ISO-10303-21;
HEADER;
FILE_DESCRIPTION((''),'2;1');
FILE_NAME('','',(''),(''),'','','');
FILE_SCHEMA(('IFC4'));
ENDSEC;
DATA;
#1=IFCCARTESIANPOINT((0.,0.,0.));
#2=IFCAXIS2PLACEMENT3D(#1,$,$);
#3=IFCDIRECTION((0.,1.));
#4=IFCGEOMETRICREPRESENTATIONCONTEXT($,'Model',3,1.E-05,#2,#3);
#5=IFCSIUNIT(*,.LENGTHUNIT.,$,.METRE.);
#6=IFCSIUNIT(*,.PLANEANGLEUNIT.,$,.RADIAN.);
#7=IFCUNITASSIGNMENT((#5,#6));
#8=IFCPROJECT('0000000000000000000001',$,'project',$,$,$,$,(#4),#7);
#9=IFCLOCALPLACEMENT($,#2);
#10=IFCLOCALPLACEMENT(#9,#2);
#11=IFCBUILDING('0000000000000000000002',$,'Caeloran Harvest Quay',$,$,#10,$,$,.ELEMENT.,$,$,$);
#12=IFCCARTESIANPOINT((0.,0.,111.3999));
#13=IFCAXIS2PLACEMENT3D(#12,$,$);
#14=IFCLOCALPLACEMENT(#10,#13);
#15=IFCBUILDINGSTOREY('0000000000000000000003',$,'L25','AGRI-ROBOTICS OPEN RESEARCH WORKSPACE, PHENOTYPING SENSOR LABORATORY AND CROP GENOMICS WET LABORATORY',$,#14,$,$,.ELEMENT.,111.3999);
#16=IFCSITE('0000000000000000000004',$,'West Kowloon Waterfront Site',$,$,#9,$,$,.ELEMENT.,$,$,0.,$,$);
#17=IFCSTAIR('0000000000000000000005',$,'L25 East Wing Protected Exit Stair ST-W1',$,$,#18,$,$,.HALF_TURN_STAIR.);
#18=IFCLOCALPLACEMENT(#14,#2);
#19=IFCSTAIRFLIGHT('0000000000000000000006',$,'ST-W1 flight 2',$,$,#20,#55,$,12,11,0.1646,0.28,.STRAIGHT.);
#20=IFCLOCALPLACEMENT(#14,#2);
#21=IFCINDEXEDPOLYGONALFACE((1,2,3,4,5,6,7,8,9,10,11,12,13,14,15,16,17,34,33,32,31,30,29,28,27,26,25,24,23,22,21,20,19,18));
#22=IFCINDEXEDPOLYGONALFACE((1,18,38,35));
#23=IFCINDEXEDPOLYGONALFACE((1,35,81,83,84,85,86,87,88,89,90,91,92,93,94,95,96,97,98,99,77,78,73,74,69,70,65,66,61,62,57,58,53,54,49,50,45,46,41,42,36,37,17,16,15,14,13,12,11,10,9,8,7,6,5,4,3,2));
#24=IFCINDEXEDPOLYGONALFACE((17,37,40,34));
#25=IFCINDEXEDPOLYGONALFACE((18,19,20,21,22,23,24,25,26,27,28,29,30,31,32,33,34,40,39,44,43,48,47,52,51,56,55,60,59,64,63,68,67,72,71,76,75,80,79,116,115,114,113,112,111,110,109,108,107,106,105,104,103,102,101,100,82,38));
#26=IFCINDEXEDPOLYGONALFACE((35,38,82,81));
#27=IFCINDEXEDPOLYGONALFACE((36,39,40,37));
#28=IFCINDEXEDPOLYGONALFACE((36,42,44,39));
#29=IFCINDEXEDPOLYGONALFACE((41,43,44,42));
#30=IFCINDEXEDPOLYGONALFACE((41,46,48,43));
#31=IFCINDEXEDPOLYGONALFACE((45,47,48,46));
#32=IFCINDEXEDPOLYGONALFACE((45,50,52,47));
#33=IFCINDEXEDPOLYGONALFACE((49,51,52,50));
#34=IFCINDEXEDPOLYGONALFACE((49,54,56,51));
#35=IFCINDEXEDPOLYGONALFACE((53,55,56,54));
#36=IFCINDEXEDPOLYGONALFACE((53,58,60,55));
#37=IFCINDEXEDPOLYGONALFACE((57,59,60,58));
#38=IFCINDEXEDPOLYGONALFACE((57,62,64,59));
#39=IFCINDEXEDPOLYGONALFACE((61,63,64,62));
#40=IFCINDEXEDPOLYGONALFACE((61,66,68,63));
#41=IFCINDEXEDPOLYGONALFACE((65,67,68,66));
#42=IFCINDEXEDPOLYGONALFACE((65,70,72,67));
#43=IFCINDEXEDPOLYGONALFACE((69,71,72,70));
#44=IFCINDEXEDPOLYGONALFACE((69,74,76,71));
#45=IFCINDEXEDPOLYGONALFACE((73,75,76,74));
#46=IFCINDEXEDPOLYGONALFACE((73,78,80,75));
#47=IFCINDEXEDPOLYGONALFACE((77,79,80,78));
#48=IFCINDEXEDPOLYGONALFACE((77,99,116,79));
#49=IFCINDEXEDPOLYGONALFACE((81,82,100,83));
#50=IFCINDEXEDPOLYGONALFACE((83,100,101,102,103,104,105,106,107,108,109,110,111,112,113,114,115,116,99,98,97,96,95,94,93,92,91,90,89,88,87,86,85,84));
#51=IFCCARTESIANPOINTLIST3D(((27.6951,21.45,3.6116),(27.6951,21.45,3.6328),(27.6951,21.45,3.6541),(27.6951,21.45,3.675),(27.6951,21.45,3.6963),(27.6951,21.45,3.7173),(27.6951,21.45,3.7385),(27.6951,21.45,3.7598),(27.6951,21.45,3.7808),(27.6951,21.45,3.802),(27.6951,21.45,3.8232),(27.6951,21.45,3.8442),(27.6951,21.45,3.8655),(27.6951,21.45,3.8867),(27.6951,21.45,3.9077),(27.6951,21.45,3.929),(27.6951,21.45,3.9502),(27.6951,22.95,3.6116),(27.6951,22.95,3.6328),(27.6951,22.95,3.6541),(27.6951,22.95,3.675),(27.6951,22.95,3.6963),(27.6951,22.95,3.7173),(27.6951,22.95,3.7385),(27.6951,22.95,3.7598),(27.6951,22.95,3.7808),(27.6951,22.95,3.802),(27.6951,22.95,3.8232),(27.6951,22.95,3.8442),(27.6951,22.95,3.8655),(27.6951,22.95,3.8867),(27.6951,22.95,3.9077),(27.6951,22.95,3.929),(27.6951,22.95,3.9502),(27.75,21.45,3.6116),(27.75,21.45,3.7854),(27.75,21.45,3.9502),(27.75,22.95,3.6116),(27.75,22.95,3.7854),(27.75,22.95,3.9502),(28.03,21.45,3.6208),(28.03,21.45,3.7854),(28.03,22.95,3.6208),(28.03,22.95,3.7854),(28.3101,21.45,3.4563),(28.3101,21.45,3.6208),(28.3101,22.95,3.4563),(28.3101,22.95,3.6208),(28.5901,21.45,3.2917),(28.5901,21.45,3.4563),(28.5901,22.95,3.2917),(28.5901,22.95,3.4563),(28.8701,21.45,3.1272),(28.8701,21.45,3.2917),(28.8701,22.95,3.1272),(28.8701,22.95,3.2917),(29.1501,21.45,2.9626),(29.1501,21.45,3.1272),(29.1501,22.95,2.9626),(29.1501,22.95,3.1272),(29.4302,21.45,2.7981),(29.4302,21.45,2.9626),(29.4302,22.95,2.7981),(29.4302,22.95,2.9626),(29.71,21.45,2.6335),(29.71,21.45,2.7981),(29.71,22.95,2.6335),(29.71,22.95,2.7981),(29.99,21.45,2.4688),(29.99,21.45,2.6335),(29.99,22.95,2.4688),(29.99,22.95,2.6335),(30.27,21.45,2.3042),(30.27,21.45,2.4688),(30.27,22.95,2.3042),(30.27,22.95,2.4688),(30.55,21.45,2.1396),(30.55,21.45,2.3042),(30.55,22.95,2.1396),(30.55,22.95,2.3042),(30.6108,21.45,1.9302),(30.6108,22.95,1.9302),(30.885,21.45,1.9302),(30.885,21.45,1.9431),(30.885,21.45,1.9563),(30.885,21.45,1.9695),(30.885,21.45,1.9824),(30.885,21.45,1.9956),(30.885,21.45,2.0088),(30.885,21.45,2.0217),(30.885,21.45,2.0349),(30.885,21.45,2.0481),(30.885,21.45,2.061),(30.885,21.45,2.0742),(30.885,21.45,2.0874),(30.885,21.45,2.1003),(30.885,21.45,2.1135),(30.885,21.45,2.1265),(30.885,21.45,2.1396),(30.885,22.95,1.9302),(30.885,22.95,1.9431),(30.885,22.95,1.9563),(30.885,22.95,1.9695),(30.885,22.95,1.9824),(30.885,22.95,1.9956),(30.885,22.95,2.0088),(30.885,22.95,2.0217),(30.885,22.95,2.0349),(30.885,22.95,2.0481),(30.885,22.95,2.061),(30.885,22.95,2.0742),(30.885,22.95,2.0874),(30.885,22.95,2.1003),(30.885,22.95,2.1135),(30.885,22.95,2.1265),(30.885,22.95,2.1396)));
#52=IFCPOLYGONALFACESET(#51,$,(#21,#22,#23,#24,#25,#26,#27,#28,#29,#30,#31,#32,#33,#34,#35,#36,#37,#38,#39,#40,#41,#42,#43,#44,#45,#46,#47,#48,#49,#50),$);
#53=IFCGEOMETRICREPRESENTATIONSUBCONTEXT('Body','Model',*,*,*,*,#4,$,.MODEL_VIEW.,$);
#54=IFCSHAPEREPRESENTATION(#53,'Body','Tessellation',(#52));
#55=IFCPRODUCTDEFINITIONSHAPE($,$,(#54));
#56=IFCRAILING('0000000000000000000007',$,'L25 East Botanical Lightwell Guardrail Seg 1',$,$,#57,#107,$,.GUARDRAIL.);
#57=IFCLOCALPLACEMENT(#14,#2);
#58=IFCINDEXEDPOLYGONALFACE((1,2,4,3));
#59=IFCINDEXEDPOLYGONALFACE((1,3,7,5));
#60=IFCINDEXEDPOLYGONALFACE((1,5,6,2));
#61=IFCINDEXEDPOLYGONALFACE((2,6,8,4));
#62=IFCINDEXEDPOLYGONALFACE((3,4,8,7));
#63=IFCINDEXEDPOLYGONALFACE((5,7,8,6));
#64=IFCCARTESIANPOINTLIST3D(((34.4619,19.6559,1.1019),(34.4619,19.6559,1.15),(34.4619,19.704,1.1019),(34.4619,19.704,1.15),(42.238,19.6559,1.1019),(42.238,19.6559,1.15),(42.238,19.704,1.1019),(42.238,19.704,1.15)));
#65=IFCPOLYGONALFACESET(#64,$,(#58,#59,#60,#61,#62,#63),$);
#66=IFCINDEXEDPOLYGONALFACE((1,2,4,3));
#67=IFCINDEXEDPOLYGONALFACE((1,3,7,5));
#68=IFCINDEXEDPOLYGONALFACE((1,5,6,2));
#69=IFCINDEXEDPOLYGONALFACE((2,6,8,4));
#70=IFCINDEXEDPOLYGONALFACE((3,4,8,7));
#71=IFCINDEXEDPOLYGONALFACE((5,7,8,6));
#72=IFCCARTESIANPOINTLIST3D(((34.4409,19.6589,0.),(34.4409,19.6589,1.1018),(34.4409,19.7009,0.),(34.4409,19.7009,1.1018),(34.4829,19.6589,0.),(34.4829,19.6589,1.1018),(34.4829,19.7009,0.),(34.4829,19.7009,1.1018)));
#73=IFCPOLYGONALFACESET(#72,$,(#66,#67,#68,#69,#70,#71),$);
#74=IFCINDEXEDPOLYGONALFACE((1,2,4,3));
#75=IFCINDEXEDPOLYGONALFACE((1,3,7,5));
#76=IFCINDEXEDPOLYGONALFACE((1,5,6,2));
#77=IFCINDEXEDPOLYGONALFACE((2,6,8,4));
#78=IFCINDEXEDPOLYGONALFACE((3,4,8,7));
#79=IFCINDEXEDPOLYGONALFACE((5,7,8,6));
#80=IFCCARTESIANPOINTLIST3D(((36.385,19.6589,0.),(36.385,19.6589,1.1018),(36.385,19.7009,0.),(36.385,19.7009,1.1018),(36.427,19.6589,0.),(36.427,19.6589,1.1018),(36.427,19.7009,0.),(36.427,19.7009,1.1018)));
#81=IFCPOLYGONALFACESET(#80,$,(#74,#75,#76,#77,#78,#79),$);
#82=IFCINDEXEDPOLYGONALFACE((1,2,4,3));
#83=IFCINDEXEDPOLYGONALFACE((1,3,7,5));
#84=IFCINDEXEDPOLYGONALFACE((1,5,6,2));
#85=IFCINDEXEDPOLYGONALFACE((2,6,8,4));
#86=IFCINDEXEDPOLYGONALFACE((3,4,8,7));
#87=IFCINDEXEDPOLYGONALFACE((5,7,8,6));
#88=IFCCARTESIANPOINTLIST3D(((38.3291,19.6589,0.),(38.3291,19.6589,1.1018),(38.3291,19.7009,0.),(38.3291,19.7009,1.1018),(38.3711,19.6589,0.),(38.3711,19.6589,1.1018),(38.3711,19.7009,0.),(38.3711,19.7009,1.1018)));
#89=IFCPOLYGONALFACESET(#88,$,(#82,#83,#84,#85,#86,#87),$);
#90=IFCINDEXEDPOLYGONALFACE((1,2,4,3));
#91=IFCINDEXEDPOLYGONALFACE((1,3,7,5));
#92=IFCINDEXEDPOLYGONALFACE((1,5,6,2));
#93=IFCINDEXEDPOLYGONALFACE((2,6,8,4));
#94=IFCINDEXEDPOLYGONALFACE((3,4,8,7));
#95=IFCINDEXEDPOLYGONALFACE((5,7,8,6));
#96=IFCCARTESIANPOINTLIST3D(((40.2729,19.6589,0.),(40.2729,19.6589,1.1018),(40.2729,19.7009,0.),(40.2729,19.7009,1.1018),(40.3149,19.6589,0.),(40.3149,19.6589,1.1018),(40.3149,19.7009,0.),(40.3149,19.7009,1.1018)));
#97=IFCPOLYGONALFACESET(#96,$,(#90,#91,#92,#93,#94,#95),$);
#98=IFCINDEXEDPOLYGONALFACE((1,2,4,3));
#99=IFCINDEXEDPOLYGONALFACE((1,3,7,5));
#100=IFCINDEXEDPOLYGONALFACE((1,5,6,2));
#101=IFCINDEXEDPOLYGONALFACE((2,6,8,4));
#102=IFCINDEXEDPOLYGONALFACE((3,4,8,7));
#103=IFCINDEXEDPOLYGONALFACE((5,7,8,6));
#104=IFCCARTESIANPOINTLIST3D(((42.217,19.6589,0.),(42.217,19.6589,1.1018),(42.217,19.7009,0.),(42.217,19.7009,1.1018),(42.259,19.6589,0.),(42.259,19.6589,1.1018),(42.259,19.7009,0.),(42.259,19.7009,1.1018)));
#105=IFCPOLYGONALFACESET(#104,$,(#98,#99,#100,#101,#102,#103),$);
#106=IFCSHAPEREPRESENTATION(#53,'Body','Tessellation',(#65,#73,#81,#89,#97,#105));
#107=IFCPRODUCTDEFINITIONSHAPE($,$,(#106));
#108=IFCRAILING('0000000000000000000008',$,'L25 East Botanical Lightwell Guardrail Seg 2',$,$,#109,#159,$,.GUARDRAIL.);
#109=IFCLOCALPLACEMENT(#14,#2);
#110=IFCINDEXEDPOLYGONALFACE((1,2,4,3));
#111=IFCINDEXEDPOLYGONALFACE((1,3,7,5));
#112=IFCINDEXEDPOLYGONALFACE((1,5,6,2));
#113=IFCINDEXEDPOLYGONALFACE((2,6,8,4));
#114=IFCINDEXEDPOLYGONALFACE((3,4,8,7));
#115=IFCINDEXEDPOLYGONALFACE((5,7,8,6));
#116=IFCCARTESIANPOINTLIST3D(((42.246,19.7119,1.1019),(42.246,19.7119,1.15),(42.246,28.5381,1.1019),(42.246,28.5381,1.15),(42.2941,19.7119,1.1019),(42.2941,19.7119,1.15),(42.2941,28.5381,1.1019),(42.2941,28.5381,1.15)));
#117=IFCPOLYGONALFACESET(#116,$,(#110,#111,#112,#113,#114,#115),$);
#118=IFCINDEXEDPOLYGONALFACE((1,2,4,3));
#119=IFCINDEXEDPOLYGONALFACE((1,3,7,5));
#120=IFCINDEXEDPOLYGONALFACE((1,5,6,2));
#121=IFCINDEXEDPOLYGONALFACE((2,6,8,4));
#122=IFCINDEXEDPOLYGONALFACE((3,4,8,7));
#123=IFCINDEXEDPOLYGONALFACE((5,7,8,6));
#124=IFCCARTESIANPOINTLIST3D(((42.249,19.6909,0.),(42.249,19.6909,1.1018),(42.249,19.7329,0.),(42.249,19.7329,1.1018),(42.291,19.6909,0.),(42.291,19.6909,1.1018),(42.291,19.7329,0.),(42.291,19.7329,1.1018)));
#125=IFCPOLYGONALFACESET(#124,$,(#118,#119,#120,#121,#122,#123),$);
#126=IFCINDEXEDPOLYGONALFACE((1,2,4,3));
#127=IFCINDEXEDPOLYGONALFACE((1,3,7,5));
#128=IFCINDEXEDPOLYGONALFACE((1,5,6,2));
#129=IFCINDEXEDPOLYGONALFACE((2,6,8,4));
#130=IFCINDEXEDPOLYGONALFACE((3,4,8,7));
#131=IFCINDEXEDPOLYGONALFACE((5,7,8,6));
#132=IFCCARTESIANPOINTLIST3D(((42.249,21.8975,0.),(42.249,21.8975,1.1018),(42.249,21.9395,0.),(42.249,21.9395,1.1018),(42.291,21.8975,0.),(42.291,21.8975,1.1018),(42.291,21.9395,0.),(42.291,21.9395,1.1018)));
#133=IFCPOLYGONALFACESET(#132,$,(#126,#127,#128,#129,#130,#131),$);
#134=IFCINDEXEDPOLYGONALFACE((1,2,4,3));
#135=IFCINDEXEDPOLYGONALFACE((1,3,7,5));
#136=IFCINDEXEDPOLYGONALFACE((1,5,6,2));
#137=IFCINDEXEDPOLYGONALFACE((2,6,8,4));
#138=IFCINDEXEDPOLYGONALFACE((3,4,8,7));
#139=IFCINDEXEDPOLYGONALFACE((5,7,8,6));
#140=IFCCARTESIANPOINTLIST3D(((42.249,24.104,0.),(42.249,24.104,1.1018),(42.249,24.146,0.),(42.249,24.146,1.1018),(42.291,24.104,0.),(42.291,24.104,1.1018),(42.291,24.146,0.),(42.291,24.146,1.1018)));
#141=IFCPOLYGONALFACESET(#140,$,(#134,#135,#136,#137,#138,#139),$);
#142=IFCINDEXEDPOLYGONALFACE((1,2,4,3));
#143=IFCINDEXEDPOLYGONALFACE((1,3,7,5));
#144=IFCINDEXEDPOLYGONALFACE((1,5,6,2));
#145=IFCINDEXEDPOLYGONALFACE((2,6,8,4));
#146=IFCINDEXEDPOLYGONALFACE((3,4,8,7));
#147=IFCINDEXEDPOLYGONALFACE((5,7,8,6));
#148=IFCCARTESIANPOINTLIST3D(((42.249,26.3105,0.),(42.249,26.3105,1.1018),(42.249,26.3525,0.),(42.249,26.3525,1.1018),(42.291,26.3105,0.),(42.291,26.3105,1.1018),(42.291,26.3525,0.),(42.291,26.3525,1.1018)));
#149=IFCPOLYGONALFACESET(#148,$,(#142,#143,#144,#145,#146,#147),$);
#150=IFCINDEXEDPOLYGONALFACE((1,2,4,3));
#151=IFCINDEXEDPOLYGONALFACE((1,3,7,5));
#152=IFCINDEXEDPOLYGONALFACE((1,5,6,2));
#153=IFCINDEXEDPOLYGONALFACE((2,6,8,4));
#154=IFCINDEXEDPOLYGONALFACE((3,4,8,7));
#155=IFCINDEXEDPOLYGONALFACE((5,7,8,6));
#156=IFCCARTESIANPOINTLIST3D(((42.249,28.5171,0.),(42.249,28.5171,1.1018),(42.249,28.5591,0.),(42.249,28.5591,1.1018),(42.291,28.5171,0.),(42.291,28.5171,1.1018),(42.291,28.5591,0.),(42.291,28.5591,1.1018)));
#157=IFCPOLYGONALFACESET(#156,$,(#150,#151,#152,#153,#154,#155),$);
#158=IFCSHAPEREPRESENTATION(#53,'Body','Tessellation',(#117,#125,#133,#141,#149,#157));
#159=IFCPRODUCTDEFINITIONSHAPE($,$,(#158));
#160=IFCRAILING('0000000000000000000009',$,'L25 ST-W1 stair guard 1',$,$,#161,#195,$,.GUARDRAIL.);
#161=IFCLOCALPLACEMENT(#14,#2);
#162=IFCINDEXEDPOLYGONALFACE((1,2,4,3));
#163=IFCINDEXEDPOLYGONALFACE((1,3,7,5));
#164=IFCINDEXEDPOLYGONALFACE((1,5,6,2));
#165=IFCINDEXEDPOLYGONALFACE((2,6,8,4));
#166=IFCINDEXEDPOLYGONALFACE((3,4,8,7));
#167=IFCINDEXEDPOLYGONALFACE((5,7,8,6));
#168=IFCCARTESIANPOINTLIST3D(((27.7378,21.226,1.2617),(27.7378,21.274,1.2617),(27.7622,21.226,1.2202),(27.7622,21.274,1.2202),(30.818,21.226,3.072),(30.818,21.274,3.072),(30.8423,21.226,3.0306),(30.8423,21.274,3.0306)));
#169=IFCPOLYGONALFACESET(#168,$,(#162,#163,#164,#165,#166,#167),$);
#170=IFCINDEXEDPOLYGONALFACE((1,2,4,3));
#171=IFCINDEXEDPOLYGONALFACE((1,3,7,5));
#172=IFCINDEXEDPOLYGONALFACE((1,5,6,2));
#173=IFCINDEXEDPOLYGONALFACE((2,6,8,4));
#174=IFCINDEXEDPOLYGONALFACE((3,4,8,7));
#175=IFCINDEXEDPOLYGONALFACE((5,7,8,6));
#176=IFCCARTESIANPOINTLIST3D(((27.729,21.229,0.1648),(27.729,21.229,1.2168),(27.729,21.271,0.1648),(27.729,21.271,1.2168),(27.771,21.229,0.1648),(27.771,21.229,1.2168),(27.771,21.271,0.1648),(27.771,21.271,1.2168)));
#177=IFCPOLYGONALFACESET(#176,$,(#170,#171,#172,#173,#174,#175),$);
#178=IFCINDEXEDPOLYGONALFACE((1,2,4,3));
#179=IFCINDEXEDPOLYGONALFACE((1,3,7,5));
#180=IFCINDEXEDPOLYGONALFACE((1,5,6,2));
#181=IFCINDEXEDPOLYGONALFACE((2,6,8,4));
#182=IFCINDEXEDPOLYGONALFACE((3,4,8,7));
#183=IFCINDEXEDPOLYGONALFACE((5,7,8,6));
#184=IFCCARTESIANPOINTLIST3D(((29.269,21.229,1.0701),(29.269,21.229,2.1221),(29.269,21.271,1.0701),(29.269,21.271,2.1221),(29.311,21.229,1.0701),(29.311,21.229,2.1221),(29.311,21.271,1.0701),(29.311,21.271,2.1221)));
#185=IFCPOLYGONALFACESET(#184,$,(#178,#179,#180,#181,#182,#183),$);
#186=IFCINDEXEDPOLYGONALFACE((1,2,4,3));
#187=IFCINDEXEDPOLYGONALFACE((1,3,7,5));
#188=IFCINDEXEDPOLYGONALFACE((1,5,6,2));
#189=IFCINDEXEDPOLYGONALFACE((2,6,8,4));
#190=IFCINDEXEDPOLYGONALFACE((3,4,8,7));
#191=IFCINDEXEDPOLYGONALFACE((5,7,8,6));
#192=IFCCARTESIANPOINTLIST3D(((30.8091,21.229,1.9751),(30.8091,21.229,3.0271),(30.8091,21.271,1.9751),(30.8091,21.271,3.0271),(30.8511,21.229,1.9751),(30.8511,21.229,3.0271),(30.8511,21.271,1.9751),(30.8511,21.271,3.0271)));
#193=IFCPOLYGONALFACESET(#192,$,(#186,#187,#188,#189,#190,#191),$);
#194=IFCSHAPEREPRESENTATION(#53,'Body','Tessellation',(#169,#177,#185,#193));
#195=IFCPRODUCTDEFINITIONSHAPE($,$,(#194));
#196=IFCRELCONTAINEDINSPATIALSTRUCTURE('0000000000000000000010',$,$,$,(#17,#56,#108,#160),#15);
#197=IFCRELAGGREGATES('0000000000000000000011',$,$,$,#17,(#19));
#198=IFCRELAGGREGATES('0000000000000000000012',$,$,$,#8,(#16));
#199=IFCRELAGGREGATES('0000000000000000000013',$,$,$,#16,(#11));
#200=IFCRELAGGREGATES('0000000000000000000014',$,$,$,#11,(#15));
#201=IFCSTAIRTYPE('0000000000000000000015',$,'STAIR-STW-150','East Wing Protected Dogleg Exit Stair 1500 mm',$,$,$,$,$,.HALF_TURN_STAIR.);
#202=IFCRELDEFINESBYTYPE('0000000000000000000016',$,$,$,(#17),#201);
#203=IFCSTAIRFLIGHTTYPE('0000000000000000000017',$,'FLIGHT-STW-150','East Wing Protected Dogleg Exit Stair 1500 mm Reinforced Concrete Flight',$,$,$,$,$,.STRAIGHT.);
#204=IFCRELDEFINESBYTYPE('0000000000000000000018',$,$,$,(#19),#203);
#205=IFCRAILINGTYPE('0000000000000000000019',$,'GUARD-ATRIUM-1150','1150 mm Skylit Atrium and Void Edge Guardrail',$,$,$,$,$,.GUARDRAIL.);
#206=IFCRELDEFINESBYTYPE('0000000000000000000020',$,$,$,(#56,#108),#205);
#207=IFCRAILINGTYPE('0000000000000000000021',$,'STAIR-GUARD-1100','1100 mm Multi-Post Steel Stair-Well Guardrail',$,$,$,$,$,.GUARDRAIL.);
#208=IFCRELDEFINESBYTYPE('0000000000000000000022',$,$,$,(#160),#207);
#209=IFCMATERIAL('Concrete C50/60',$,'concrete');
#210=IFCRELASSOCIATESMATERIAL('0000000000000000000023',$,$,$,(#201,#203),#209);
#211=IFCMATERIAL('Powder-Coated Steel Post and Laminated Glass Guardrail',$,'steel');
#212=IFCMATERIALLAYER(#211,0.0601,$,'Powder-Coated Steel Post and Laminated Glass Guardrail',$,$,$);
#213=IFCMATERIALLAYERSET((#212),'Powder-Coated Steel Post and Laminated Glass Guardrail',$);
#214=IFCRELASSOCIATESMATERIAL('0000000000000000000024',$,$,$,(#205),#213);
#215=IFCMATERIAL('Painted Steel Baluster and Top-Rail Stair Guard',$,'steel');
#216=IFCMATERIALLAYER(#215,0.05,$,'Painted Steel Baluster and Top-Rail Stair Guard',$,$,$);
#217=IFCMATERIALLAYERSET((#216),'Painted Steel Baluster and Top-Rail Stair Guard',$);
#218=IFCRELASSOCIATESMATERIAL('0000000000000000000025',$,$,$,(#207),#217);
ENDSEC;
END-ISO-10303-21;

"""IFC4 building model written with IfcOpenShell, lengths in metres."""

from ifc_helpers import new_model, si_unit, direction, frame, origin, origin_2d, place, context, subcontext, project, spatial, polyline, rectangle, outline, extrude, material, layer, layer_set, type_object, element, aggregate, save


model = new_model("IFC4")

# Units and contexts
model_context = context("Model", 3, precision=1e-05, world=origin(), true_north=direction((0.0, 1.0)))
body_context = subcontext(model_context, "Body", "Model", "MODEL_VIEW")
ifc_project = project(units=[si_unit("LENGTHUNIT", "METRE"), si_unit("PLANEANGLEUNIT", "RADIAN")], contexts=[model_context])

# Site, building, storey
site_placement = place(None, origin())
site = spatial("IfcSite", under=ifc_project, at=site_placement, Name="West Kowloon Waterfront Site", CompositionType="ELEMENT", RefElevation=0.0)
building_placement = place(site_placement, origin())
building = spatial("IfcBuilding", under=site, at=building_placement, Name="Caeloran Harvest Quay", CompositionType="ELEMENT")
storey_placement = place(building_placement, frame((0.0, 0.0, 111.3999)))
storey = spatial("IfcBuildingStorey", under=building, at=storey_placement, Name="L25", Description="AGRI-ROBOTICS OPEN RESEARCH WORKSPACE, PHENOTYPING SENSOR LABORATORY AND CROP GENOMICS WET LABORATORY", CompositionType="ELEMENT", Elevation=111.3999)

# Stair, stair flight
ifc_material_1 = material(Name="Concrete C50/60", Category="concrete")
stair_type = type_object("IfcStairType", Name="STAIR-STW-150", Description="East Wing Protected Dogleg Exit Stair 1500 mm", PredefinedType="HALF_TURN_STAIR", material=ifc_material_1)
stair_placement = place(storey_placement, origin())
stair = element("IfcStair", 1, at=stair_placement, inside=storey, type_object=stair_type, Name="L25 East Wing Protected Exit Stair ST-W1", PredefinedType="HALF_TURN_STAIR")
stair_flight_type = type_object("IfcStairFlightType", Name="FLIGHT-STW-150", Description="East Wing Protected Dogleg Exit Stair 1500 mm Reinforced Concrete Flight", PredefinedType="STRAIGHT", material=ifc_material_1)
stair_flight_1_placement = place(storey_placement, frame((30.8301, 22.2, 1.9751), z_axis=(0.0, 0.0, 1.0), x_axis=(-1.0, 0.0, 0.0)))
stair_flight_1 = element("IfcStairFlight", 2, at=stair_flight_1_placement, type_object=stair_flight_type, Name="ST-W1 flight 2", NumberOfRisers=12, NumberOfTreads=11, PredefinedType="STRAIGHT", RiserHeight=0.1646, TreadLength=0.28, context=body_context, shape_type="SweptSolid", body=[
    extrude(outline(polyline([(-0.0549, -0.0449), (-0.0549, -0.032), (-0.0549, -0.0188), (-0.0549, -0.0056), (-0.0549, 0.0073), (-0.0549, 0.0205), (-0.0549, 0.0337), (-0.0549, 0.0466), (-0.0549, 0.0598), (-0.0549, 0.073), (-0.0549, 0.0859), (-0.0549, 0.0991), (-0.0549, 0.1123), (-0.0549, 0.1252), (-0.0549, 0.1384), (-0.0549, 0.1514), (-0.0549, 0.1646), (0.28, 0.1646), (0.28, 0.3291), (0.5601, 0.3291), (0.5601, 0.4937), (0.8401, 0.4937), (0.8401, 0.6584), (1.1201, 0.6584), (1.1201, 0.823), (1.3999, 0.823), (1.3999, 0.9875), (1.6799, 0.9875), (1.6799, 1.1521), (1.96, 1.1521), (1.96, 1.3167), (2.24, 1.3167), (2.24, 1.4812), (2.52, 1.4812), (2.52, 1.6458), (2.8, 1.6458), (2.8, 1.8103), (3.0801, 1.8103), (3.0801, 1.9751), (3.135, 1.9751), (3.135, 1.9539), (3.135, 1.9326), (3.135, 1.9116), (3.135, 1.8904), (3.135, 1.8691), (3.135, 1.8481), (3.135, 1.8269), (3.135, 1.8057), (3.135, 1.7847), (3.135, 1.7634), (3.135, 1.7422), (3.135, 1.7212), (3.135, 1.7), (3.135, 1.679), (3.135, 1.6577), (3.135, 1.6365), (3.0801, 1.6365), (0.2192, -0.0449), (-0.0549, -0.0449)])), frame((0.0, 0.75, 0.0), z_axis=(0.0, -1.0, 0.0), x_axis=(1.0, 0.0, 0.0)), (0.0, 0.0, 1.0), 1.5),
])
aggregate(stair, [stair_flight_1])

# Railings
ifc_material_2 = material(Name="Powder-Coated Steel Post and Laminated Glass Guardrail", Category="steel")
ifc_layer_1 = layer(ifc_material_2, 0.0601, Name="Powder-Coated Steel Post and Laminated Glass Guardrail")
ifc_layer_set_1 = layer_set([ifc_layer_1], Name="Powder-Coated Steel Post and Laminated Glass Guardrail")
railing_type_1 = type_object("IfcRailingType", Name="GUARD-ATRIUM-1150", Description="1150 mm Skylit Atrium and Void Edge Guardrail", PredefinedType="GUARDRAIL", material=ifc_layer_set_1)
railing_1_placement = place(storey_placement, frame((34.4619, 19.6799, 0.0)))
element("IfcRailing", 3, at=railing_1_placement, inside=storey, type_object=railing_type_1, Name="L25 East Botanical Lightwell Guardrail Seg 1", PredefinedType="GUARDRAIL", context=body_context, shape_type="SweptSolid", body=[
    extrude(rectangle(XDim=0.0481, YDim=0.0481, at=origin_2d()), frame((0.0, 0.0, 1.126), z_axis=(1.0, 0.0, 0.0), x_axis=(0.0, 1.0, 0.0)), (0.0, 0.0, 1.0), 7.7761),
    extrude(rectangle(XDim=0.042, YDim=0.042, at=origin_2d()), origin(), (0.0, 0.0, 1.0), 1.1018),
    extrude(rectangle(XDim=0.042, YDim=0.042, at=origin_2d()), frame((1.9441, 0.0, 0.0)), (0.0, 0.0, 1.0), 1.1018),
    extrude(rectangle(XDim=0.042, YDim=0.042, at=origin_2d()), frame((3.8882, 0.0, 0.0)), (0.0, 0.0, 1.0), 1.1018),
    extrude(rectangle(XDim=0.042, YDim=0.042, at=origin_2d()), frame((5.832, 0.0, 0.0)), (0.0, 0.0, 1.0), 1.1018),
    extrude(rectangle(XDim=0.042, YDim=0.042, at=origin_2d()), frame((7.7761, 0.0, 0.0)), (0.0, 0.0, 1.0), 1.1018),
])
railing_2_placement = place(storey_placement, frame((42.27, 19.7119, 0.0)))
element("IfcRailing", 4, at=railing_2_placement, inside=storey, type_object=railing_type_1, Name="L25 East Botanical Lightwell Guardrail Seg 2", PredefinedType="GUARDRAIL", context=body_context, shape_type="SweptSolid", body=[
    extrude(rectangle(XDim=0.0481, YDim=0.0481, at=origin_2d()), frame((0.0, 0.0, 1.126), z_axis=(0.0, 1.0, 0.0), x_axis=(-1.0, 0.0, 0.0)), (0.0, 0.0, 1.0), 8.8262),
    extrude(rectangle(XDim=0.042, YDim=0.042, at=origin_2d()), origin(), (0.0, 0.0, 1.0), 1.1018),
    extrude(rectangle(XDim=0.042, YDim=0.042, at=origin_2d()), frame((0.0, 2.2065, 0.0)), (0.0, 0.0, 1.0), 1.1018),
    extrude(rectangle(XDim=0.042, YDim=0.042, at=origin_2d()), frame((0.0, 4.4131, 0.0)), (0.0, 0.0, 1.0), 1.1018),
    extrude(rectangle(XDim=0.042, YDim=0.042, at=origin_2d()), frame((0.0, 6.6196, 0.0)), (0.0, 0.0, 1.0), 1.1018),
    extrude(rectangle(XDim=0.042, YDim=0.042, at=origin_2d()), frame((0.0, 8.8262, 0.0)), (0.0, 0.0, 1.0), 1.1018),
])
ifc_material_3 = material(Name="Painted Steel Baluster and Top-Rail Stair Guard", Category="steel")
ifc_layer_2 = layer(ifc_material_3, 0.05, Name="Painted Steel Baluster and Top-Rail Stair Guard")
ifc_layer_set_2 = layer_set([ifc_layer_2], Name="Painted Steel Baluster and Top-Rail Stair Guard")
railing_type_2 = type_object("IfcRailingType", Name="STAIR-GUARD-1100", Description="1100 mm Multi-Post Steel Stair-Well Guardrail", PredefinedType="GUARDRAIL", material=ifc_layer_set_2)
railing_3_placement = place(storey_placement, frame((27.75, 21.25, 0.1648)))
element("IfcRailing", 5, at=railing_3_placement, inside=storey, type_object=railing_type_2, Name="L25 ST-W1 stair guard 1", PredefinedType="GUARDRAIL", context=body_context, shape_type="SweptSolid", body=[
    extrude(rectangle(XDim=0.0481, YDim=0.0481, at=origin_2d()), frame((0.0, 0.0, 1.0762), z_axis=(0.862119, 0.0, 0.506707), x_axis=(0.0, 1.0, 0.0)), (0.0, 0.0, 1.0), 3.5728),
    extrude(rectangle(XDim=0.042, YDim=0.042, at=origin_2d()), origin(), (0.0, 0.0, 1.0), 1.052),
    extrude(rectangle(XDim=0.042, YDim=0.042, at=origin_2d()), frame((1.54, 0.0, 0.9053)), (0.0, 0.0, 1.0), 1.052),
    extrude(rectangle(XDim=0.042, YDim=0.042, at=origin_2d()), frame((3.0801, 0.0, 1.8103)), (0.0, 0.0, 1.0), 1.052),
])

save(model, "model.ifc")
